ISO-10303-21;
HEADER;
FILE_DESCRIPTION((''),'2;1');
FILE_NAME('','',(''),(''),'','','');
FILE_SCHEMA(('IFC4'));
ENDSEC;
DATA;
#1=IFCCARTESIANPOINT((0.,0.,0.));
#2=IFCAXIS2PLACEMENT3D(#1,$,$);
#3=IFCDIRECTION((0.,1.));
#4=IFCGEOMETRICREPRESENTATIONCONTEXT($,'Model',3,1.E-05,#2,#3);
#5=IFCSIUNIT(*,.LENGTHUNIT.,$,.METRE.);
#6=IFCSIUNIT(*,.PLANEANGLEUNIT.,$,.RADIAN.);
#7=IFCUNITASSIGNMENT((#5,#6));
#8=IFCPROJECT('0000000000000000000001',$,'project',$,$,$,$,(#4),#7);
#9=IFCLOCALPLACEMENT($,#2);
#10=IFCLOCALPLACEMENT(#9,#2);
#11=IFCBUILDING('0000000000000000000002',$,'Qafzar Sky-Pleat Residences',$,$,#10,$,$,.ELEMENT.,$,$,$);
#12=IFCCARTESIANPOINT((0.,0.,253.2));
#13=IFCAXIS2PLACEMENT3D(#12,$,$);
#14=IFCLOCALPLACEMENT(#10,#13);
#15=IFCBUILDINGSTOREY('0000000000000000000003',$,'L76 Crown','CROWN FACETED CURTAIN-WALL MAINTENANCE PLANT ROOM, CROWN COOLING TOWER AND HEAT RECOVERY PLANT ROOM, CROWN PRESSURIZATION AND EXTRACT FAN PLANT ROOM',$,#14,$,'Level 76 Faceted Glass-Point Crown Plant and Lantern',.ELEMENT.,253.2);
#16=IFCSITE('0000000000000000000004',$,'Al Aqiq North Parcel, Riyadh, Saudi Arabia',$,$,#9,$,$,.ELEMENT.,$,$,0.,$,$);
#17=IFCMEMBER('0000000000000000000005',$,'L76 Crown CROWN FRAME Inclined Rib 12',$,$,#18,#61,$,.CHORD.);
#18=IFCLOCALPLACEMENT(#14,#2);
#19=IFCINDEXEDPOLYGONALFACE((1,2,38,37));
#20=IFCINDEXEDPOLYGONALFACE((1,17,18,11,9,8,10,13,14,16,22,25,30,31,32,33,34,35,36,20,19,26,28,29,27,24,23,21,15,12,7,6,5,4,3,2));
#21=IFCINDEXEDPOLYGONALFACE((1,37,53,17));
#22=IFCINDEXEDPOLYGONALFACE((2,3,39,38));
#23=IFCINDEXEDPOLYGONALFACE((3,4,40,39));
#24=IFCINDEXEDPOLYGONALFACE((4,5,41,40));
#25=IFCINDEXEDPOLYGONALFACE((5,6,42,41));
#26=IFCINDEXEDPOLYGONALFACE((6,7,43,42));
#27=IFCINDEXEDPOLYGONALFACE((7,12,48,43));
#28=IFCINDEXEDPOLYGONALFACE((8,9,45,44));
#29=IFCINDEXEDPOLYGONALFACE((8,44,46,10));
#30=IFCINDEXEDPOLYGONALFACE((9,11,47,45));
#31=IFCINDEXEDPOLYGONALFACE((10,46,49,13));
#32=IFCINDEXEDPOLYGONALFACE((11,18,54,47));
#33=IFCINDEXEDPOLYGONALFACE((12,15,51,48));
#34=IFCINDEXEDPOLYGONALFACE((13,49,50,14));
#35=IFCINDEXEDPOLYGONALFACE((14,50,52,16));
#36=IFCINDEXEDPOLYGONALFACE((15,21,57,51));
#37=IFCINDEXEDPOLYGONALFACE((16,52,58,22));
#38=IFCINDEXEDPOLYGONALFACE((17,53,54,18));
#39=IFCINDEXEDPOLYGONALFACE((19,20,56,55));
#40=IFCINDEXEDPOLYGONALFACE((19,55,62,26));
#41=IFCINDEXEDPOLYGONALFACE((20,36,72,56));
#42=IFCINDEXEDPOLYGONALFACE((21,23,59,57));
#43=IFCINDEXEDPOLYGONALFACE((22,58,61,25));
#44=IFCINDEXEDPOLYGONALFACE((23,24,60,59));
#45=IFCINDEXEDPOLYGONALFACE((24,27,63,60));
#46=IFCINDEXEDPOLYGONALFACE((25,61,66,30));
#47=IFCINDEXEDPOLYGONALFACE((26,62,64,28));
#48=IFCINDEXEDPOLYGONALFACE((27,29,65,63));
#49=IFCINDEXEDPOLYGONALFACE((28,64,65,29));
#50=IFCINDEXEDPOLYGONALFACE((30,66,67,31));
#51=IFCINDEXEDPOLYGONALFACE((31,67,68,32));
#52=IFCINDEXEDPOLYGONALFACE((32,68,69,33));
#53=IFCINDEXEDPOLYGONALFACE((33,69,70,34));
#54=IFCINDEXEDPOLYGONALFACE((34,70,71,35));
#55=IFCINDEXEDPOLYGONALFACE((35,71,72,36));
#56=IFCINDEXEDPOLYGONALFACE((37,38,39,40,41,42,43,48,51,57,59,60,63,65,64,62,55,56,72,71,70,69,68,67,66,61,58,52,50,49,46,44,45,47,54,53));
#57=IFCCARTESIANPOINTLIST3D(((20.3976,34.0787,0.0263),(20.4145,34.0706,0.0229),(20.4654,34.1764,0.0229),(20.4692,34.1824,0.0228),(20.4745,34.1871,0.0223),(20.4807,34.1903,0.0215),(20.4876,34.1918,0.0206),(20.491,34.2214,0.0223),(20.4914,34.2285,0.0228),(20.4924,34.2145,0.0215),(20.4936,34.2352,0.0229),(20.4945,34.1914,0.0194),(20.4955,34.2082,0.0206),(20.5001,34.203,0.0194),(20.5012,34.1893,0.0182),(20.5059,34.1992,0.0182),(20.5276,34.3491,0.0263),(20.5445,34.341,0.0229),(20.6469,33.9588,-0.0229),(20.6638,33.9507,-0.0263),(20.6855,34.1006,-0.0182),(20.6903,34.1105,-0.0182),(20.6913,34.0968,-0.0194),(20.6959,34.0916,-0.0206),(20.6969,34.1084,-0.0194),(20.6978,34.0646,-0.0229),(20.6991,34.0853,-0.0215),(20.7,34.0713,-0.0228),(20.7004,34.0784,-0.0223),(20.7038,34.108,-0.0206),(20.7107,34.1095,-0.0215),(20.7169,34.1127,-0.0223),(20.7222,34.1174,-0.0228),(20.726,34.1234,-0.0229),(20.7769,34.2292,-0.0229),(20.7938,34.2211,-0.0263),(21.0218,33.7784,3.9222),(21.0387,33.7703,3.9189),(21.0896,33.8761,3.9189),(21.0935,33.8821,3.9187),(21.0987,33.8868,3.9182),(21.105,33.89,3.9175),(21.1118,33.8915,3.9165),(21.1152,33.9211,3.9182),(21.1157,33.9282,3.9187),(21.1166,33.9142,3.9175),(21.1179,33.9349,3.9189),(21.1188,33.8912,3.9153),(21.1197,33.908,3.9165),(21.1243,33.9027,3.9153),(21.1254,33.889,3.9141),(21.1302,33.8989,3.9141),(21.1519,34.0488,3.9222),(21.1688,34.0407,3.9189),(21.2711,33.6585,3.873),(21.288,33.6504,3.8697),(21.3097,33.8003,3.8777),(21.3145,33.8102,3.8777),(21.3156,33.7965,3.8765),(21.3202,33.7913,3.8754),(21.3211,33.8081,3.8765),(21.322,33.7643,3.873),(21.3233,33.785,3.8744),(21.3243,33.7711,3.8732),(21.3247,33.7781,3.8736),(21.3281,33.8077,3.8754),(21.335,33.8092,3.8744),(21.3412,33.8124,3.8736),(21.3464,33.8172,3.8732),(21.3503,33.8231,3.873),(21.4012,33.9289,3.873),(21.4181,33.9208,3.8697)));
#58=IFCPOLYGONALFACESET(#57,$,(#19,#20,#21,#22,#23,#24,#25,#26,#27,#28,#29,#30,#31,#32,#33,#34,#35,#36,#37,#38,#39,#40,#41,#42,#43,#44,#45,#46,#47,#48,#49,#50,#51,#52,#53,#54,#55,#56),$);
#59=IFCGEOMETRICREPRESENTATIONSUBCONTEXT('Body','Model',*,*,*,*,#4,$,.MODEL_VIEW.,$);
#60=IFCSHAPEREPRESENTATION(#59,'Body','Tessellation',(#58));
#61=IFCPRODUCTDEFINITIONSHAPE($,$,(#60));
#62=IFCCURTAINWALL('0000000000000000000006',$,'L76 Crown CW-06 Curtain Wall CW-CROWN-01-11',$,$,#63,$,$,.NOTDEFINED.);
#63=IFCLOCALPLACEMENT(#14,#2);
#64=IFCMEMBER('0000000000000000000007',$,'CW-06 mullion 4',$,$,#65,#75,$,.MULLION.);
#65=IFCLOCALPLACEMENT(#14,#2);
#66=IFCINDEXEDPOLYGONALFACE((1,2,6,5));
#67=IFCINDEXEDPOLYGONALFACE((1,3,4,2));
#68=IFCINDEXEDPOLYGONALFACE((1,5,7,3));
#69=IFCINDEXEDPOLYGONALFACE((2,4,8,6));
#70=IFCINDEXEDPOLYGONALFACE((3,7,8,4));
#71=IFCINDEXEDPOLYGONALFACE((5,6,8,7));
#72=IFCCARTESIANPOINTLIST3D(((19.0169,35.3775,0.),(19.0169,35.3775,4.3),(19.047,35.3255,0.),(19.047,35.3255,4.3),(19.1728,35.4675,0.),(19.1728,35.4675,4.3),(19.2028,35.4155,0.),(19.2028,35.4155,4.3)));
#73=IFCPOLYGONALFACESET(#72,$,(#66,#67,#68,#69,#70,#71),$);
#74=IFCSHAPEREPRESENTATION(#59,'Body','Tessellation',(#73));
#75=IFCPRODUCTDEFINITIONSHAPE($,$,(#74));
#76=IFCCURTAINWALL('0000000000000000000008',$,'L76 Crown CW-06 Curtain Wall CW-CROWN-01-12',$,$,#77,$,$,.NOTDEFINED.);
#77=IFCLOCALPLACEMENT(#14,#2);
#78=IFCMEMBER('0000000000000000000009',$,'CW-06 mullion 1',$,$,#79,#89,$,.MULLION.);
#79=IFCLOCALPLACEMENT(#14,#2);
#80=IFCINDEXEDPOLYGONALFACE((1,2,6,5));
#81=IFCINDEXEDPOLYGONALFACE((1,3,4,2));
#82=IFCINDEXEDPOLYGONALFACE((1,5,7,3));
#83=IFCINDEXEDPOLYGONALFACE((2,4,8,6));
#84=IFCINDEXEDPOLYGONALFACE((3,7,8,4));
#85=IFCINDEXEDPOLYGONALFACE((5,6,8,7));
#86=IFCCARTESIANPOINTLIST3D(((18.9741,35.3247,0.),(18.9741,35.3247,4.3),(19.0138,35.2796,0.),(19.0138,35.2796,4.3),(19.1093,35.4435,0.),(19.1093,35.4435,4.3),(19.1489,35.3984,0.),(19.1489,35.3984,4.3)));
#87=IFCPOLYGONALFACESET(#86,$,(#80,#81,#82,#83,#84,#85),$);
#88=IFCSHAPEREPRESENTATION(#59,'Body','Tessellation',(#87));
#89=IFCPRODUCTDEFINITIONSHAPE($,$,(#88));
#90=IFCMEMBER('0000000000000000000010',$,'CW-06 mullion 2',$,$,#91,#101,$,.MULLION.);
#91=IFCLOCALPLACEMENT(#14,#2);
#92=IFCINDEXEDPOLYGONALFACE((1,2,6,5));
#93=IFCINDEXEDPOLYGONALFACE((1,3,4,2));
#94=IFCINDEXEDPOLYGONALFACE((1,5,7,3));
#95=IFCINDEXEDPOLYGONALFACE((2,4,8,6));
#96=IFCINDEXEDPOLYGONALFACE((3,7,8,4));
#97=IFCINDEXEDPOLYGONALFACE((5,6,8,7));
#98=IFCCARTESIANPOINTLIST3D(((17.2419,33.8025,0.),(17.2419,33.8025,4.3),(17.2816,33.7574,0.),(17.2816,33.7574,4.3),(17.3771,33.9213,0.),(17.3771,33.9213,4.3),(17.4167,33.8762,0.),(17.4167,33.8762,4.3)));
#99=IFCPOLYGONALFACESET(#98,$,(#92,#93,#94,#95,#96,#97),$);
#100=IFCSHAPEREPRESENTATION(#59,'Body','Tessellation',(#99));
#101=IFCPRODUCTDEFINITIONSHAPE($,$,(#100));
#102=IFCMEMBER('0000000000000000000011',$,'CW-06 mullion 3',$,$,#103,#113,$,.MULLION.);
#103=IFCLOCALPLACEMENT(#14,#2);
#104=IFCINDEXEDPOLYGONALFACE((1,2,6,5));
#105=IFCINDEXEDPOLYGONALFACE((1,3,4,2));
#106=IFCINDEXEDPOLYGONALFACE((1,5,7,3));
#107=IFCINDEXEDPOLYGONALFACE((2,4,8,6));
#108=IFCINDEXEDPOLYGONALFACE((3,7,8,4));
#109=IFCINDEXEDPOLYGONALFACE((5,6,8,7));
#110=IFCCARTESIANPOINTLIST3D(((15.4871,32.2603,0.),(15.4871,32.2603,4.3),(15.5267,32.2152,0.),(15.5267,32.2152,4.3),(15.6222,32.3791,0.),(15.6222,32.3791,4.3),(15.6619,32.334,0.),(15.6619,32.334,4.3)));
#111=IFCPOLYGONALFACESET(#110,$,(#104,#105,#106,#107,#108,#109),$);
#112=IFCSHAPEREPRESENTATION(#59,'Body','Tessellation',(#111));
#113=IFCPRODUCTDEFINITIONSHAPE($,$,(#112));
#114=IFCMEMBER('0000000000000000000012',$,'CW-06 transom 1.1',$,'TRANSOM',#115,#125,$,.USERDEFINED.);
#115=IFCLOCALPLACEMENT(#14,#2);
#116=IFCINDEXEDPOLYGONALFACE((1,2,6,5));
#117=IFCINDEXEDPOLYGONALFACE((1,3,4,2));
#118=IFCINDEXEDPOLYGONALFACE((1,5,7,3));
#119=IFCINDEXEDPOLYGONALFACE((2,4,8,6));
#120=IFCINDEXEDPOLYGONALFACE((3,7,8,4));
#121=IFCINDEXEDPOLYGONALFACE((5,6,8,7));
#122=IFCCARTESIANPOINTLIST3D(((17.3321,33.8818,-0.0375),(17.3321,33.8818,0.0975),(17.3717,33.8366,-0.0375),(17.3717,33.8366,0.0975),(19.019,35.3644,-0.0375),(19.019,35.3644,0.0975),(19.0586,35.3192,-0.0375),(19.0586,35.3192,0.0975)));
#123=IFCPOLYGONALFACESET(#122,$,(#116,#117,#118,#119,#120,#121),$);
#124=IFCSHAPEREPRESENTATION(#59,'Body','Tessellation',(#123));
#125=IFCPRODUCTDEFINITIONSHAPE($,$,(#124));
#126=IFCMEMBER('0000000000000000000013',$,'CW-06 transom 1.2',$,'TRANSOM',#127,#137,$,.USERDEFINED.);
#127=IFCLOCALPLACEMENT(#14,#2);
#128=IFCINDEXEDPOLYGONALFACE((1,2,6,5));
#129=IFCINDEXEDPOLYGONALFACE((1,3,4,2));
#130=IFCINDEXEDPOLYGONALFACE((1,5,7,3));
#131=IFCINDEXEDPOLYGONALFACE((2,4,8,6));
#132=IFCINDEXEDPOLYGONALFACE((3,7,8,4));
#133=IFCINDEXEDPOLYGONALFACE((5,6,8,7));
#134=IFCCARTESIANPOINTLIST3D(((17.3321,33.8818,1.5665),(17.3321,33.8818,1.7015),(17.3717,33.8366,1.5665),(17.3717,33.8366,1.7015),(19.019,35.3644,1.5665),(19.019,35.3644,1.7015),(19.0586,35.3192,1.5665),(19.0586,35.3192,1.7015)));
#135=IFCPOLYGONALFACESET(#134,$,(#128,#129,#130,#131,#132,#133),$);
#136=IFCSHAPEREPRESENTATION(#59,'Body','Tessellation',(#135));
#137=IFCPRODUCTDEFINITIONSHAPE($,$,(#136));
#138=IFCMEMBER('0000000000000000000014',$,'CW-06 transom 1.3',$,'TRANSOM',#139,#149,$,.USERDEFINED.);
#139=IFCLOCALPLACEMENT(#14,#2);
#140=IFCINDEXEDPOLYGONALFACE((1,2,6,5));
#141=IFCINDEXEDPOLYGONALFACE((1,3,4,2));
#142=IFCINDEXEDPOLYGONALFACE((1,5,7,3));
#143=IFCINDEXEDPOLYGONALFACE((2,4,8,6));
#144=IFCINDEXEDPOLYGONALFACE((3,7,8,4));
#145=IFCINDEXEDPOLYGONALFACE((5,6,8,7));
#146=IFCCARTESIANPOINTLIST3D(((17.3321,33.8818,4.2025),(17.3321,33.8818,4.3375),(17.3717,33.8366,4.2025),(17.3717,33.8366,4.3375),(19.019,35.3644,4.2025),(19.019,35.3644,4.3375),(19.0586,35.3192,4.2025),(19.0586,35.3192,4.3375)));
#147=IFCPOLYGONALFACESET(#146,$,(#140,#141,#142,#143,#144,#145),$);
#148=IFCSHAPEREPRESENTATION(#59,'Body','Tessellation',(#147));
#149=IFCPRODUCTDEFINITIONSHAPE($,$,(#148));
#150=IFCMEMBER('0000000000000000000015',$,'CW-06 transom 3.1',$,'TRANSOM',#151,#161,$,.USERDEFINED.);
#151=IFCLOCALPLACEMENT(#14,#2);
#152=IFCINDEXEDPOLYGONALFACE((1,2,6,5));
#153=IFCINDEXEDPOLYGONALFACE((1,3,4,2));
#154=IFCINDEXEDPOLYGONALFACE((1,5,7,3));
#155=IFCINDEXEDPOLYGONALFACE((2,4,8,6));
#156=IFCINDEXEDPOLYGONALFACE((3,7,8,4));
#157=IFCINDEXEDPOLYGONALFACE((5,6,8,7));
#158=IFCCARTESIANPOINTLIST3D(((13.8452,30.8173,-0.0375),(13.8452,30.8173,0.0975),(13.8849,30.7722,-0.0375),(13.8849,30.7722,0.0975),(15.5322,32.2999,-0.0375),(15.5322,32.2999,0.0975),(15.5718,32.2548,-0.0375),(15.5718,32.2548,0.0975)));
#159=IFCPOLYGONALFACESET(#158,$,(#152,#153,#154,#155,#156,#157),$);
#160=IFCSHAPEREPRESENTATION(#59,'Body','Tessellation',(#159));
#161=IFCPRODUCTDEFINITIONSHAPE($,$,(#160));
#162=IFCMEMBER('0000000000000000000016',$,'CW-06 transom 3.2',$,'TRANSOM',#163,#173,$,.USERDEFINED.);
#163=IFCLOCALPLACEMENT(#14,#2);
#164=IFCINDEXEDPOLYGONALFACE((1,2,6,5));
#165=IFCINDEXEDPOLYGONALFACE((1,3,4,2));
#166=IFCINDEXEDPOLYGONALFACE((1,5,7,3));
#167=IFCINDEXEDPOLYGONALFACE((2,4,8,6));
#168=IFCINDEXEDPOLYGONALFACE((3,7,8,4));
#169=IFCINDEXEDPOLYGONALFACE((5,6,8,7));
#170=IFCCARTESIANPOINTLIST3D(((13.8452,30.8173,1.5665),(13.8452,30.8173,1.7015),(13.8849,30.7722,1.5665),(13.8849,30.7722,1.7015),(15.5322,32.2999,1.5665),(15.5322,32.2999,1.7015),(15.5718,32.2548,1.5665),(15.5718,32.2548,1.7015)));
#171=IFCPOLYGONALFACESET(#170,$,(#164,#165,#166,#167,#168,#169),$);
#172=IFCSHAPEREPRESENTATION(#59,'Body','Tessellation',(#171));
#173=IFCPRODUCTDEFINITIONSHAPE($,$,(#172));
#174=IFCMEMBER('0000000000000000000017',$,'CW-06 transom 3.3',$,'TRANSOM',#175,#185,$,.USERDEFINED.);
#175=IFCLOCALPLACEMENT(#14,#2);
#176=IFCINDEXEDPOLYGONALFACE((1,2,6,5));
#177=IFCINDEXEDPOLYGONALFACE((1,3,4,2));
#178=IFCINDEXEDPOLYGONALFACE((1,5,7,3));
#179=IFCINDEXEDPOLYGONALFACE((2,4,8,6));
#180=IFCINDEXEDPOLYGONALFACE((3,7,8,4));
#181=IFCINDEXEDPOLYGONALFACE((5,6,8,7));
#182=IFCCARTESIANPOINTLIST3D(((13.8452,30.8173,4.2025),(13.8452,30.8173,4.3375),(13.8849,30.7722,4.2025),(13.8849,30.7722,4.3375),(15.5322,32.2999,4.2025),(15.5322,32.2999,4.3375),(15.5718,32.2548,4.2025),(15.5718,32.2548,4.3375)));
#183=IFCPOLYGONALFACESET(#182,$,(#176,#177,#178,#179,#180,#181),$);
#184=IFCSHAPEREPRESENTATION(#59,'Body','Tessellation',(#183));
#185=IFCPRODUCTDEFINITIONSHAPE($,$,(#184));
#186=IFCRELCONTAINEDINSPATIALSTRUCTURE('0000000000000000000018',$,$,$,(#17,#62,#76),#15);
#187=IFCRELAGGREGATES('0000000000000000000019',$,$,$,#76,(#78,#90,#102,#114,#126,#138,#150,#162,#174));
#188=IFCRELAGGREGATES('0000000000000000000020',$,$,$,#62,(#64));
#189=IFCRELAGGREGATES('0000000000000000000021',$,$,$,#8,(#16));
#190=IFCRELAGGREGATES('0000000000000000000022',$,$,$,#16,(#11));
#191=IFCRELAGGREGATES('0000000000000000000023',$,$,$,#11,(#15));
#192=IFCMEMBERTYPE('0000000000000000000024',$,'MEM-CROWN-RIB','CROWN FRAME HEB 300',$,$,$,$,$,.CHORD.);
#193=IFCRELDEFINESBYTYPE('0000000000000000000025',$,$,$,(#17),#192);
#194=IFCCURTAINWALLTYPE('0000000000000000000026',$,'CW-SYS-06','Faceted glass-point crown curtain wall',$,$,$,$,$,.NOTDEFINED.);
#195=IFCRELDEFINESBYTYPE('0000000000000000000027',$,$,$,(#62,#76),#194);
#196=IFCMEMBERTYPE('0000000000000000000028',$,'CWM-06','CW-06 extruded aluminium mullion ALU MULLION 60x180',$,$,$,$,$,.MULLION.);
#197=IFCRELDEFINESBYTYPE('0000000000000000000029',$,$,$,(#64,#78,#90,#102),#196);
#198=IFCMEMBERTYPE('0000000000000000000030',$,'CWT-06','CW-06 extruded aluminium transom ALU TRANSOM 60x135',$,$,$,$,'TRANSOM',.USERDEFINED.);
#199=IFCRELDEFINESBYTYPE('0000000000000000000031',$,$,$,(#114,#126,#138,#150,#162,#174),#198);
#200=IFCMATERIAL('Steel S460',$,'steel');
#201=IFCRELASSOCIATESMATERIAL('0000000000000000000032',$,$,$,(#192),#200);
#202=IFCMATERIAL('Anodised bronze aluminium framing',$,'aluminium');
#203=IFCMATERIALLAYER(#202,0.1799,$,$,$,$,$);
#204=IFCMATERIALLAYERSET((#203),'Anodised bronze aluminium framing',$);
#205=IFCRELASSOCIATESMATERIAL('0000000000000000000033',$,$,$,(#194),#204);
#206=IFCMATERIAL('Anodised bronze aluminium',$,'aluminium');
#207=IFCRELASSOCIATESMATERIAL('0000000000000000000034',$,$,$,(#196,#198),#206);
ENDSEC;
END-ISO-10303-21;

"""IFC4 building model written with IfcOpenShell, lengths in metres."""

from ifc_helpers import new_model, si_unit, direction, frame, origin, origin_2d, place, context, subcontext, project, spatial, rectangle, i_section, extrude, source, transform, mapped, material, layer, layer_set, material_profile, profile_set, type_object, element, aggregate, save


model = new_model("IFC4")

# Units and contexts
model_context = context("Model", 3, precision=1e-05, world=origin(), true_north=direction((0.0, 1.0)))
body_context = subcontext(model_context, "Body", "Model", "MODEL_VIEW")
ifc_project = project(units=[si_unit("LENGTHUNIT", "METRE"), si_unit("PLANEANGLEUNIT", "RADIAN")], contexts=[model_context])

# Site, building, storey
site_placement = place(None, origin())
site = spatial("IfcSite", under=ifc_project, at=site_placement, Name="Al Aqiq North Parcel, Riyadh, Saudi Arabia", CompositionType="ELEMENT", RefElevation=0.0)
building_placement = place(site_placement, origin())
building = spatial("IfcBuilding", under=site, at=building_placement, Name="Qafzar Sky-Pleat Residences", CompositionType="ELEMENT")
storey_placement = place(building_placement, frame((0.0, 0.0, 253.2)))
storey = spatial("IfcBuildingStorey", under=building, at=storey_placement, Name="L76 Crown", Description="CROWN FACETED CURTAIN-WALL MAINTENANCE PLANT ROOM, CROWN COOLING TOWER AND HEAT RECOVERY PLANT ROOM, CROWN PRESSURIZATION AND EXTRACT FAN PLANT ROOM", LongName="Level 76 Faceted Glass-Point Crown Plant and Lantern", CompositionType="ELEMENT", Elevation=253.2)

# Member
ifc_material_1 = material(Name="Steel S460", Category="steel")
ifc_material_profile_1 = material_profile(ifc_material_1, i_section(OverallWidth=0.3, OverallDepth=0.3, WebThickness=0.011, FlangeThickness=0.019, FilletRadius=0.0271, at=origin_2d()), Name="HEB 300")
ifc_profile_set_1 = profile_set([ifc_material_profile_1], Name="Steel S460")
member_type_1 = type_object("IfcMemberType", Name="MEM-CROWN-RIB", Description="CROWN FRAME HEB 300", PredefinedType="CHORD", material=ifc_profile_set_1)
shared_shape_1 = source(origin(), body_context, "Body", "SweptSolid", [
    extrude(i_section(OverallWidth=0.3, OverallDepth=0.3, WebThickness=0.011, FlangeThickness=0.019, FilletRadius=0.0271, at=origin_2d()), origin(), (0.0, 0.0, 1.0), 3.957),
])
member_1_placement = place(storey_placement, frame((20.5957, 34.1499, 0.0), z_axis=(0.157759, -0.075887, 0.984557), x_axis=(0.433487, 0.90116, 0.0)))
element("IfcMember", 1, at=member_1_placement, inside=storey, type_object=member_type_1, Name="L76 Crown CROWN FRAME Inclined Rib 12", PredefinedType="CHORD", context=body_context, shape_type="MappedRepresentation", body=[
    mapped(shared_shape_1, transform((0.0, 0.0, 0.0), x_axis=(1.0, 0.0, 0.0), y_axis=(0.0, 1.0, 0.0), z_axis=(0.0, 0.0, 1.0), scale=1.0)),
])

# Curtain wall, member
ifc_material_2 = material(Name="Anodised bronze aluminium framing", Category="aluminium")
ifc_layer_1 = layer(ifc_material_2, 0.1799)
ifc_layer_set_1 = layer_set([ifc_layer_1], Name="Anodised bronze aluminium framing")
curtain_wall_type = type_object("IfcCurtainWallType", Name="CW-SYS-06", Description="Faceted glass-point crown curtain wall", PredefinedType="NOTDEFINED", material=ifc_layer_set_1)
curtain_wall_1_placement = place(storey_placement, origin())
curtain_wall_1 = element("IfcCurtainWall", 2, at=curtain_wall_1_placement, inside=storey, type_object=curtain_wall_type, Name="L76 Crown CW-06 Curtain Wall CW-CROWN-01-11", PredefinedType="NOTDEFINED")
ifc_material_3 = material(Name="Anodised bronze aluminium", Category="aluminium")
ifc_material_profile_2 = material_profile(ifc_material_3, rectangle(XDim=0.0601, YDim=0.1799, at=origin_2d()), Name="ALU MULLION 60x180")
ifc_profile_set_2 = profile_set([ifc_material_profile_2], Name="Anodised bronze aluminium")
member_type_2 = type_object("IfcMemberType", Name="CWM-06", Description="CW-06 extruded aluminium mullion ALU MULLION 60x180", PredefinedType="MULLION", material=ifc_profile_set_2)
shared_shape_2 = source(origin(), body_context, "Body", "SweptSolid", [
    extrude(rectangle(XDim=0.0601, YDim=0.1799, at=origin_2d()), origin(), (0.0, 0.0, 1.0), 4.3),
])
member_2_placement = place(storey_placement, frame((19.1099, 35.3965, 0.0), z_axis=(0.0, 0.0, 1.0), x_axis=(0.5, -0.866025, 0.0)))
member_2 = element("IfcMember", 3, at=member_2_placement, type_object=member_type_2, Name="CW-06 mullion 4", PredefinedType="MULLION", context=body_context, shape_type="MappedRepresentation", body=[
    mapped(shared_shape_2, transform((0.0, 0.0, 0.0), x_axis=(1.0, 0.0, 0.0), y_axis=(0.0, 1.0, 0.0), z_axis=(0.0, 0.0, 1.0), scale=1.0)),
])

# Curtain wall, members
curtain_wall_2_placement = place(storey_placement, origin())
curtain_wall_2 = element("IfcCurtainWall", 4, at=curtain_wall_2_placement, inside=storey, type_object=curtain_wall_type, Name="L76 Crown CW-06 Curtain Wall CW-CROWN-01-12", PredefinedType="NOTDEFINED")
member_3_placement = place(storey_placement, frame((19.0615, 35.3616, 0.0), z_axis=(0.0, 0.0, 1.0), x_axis=(0.660129, -0.751152, 0.0)))
member_3 = element("IfcMember", 5, at=member_3_placement, type_object=member_type_2, Name="CW-06 mullion 1", PredefinedType="MULLION", context=body_context, shape_type="MappedRepresentation", body=[
    mapped(shared_shape_2, transform((0.0, 0.0, 0.0), x_axis=(1.0, 0.0, 0.0), y_axis=(0.0, 1.0, 0.0), z_axis=(0.0, 0.0, 1.0), scale=1.0)),
])
member_4_placement = place(storey_placement, frame((17.3293, 33.8394, 0.0), z_axis=(0.0, 0.0, 1.0), x_axis=(0.660129, -0.751152, 0.0)))
member_4 = element("IfcMember", 6, at=member_4_placement, type_object=member_type_2, Name="CW-06 mullion 2", PredefinedType="MULLION", context=body_context, shape_type="MappedRepresentation", body=[
    mapped(shared_shape_2, transform((0.0, 0.0, 0.0), x_axis=(1.0, 0.0, 0.0), y_axis=(0.0, 1.0, 0.0), z_axis=(0.0, 0.0, 1.0), scale=1.0)),
])
member_5_placement = place(storey_placement, frame((15.5745, 32.2971, 0.0), z_axis=(0.0, 0.0, 1.0), x_axis=(0.660129, -0.751152, 0.0)))
member_5 = element("IfcMember", 7, at=member_5_placement, type_object=member_type_2, Name="CW-06 mullion 3", PredefinedType="MULLION", context=body_context, shape_type="MappedRepresentation", body=[
    mapped(shared_shape_2, transform((0.0, 0.0, 0.0), x_axis=(1.0, 0.0, 0.0), y_axis=(0.0, 1.0, 0.0), z_axis=(0.0, 0.0, 1.0), scale=1.0)),
])
ifc_material_profile_3 = material_profile(ifc_material_3, rectangle(XDim=0.0601, YDim=0.135, at=origin_2d()), Name="ALU TRANSOM 60x135")
ifc_profile_set_3 = profile_set([ifc_material_profile_3], Name="Anodised bronze aluminium")
member_type_3 = type_object("IfcMemberType", Name="CWT-06", Description="CW-06 extruded aluminium transom ALU TRANSOM 60x135", ElementType="TRANSOM", PredefinedType="USERDEFINED", material=ifc_profile_set_3)
shared_shape_3 = source(origin(), body_context, "Body", "SweptSolid", [
    extrude(rectangle(XDim=0.0601, YDim=0.135, at=origin_2d()), origin(), (0.0, 0.0, 1.0), 2.2458),
])
member_6_placement = place(storey_placement, frame((19.0388, 35.3418, 0.03), z_axis=(-0.751134, -0.66015, 0.0), x_axis=(0.66015, -0.751134, 0.0)))
member_6 = element("IfcMember", 8, at=member_6_placement, type_object=member_type_3, Name="CW-06 transom 1.1", ObjectType="TRANSOM", PredefinedType="USERDEFINED", context=body_context, shape_type="MappedRepresentation", body=[
    mapped(shared_shape_3, transform((0.0, 0.0, 0.0), x_axis=(1.0, 0.0, 0.0), y_axis=(0.0, 1.0, 0.0), z_axis=(0.0, 0.0, 1.0), scale=1.0)),
])
member_7_placement = place(storey_placement, frame((19.0388, 35.3418, 1.634), z_axis=(-0.751134, -0.66015, 0.0), x_axis=(0.66015, -0.751134, 0.0)))
member_7 = element("IfcMember", 9, at=member_7_placement, type_object=member_type_3, Name="CW-06 transom 1.2", ObjectType="TRANSOM", PredefinedType="USERDEFINED", context=body_context, shape_type="MappedRepresentation", body=[
    mapped(shared_shape_3, transform((0.0, 0.0, 0.0), x_axis=(1.0, 0.0, 0.0), y_axis=(0.0, 1.0, 0.0), z_axis=(0.0, 0.0, 1.0), scale=1.0)),
])
member_8_placement = place(storey_placement, frame((19.0388, 35.3418, 4.27), z_axis=(-0.751134, -0.66015, 0.0), x_axis=(0.66015, -0.751134, 0.0)))
member_8 = element("IfcMember", 10, at=member_8_placement, type_object=member_type_3, Name="CW-06 transom 1.3", ObjectType="TRANSOM", PredefinedType="USERDEFINED", context=body_context, shape_type="MappedRepresentation", body=[
    mapped(shared_shape_3, transform((0.0, 0.0, 0.0), x_axis=(1.0, 0.0, 0.0), y_axis=(0.0, 1.0, 0.0), z_axis=(0.0, 0.0, 1.0), scale=1.0)),
])
member_9_placement = place(storey_placement, frame((15.552, 32.2773, 0.03), z_axis=(-0.751134, -0.66015, 0.0), x_axis=(0.66015, -0.751134, 0.0)))
member_9 = element("IfcMember", 11, at=member_9_placement, type_object=member_type_3, Name="CW-06 transom 3.1", ObjectType="TRANSOM", PredefinedType="USERDEFINED", context=body_context, shape_type="MappedRepresentation", body=[
    mapped(shared_shape_3, transform((0.0, 0.0, 0.0), x_axis=(1.0, 0.0, 0.0), y_axis=(0.0, 1.0, 0.0), z_axis=(0.0, 0.0, 1.0), scale=1.0)),
])
member_10_placement = place(storey_placement, frame((15.552, 32.2773, 1.634), z_axis=(-0.751134, -0.66015, 0.0), x_axis=(0.66015, -0.751134, 0.0)))
member_10 = element("IfcMember", 12, at=member_10_placement, type_object=member_type_3, Name="CW-06 transom 3.2", ObjectType="TRANSOM", PredefinedType="USERDEFINED", context=body_context, shape_type="MappedRepresentation", body=[
    mapped(shared_shape_3, transform((0.0, 0.0, 0.0), x_axis=(1.0, 0.0, 0.0), y_axis=(0.0, 1.0, 0.0), z_axis=(0.0, 0.0, 1.0), scale=1.0)),
])
member_11_placement = place(storey_placement, frame((15.552, 32.2773, 4.27), z_axis=(-0.751134, -0.66015, 0.0), x_axis=(0.66015, -0.751134, 0.0)))
member_11 = element("IfcMember", 13, at=member_11_placement, type_object=member_type_3, Name="CW-06 transom 3.3", ObjectType="TRANSOM", PredefinedType="USERDEFINED", context=body_context, shape_type="MappedRepresentation", body=[
    mapped(shared_shape_3, transform((0.0, 0.0, 0.0), x_axis=(1.0, 0.0, 0.0), y_axis=(0.0, 1.0, 0.0), z_axis=(0.0, 0.0, 1.0), scale=1.0)),
])

aggregate(curtain_wall_2, [member_3, member_4, member_5, member_6, member_7, member_8, member_9, member_10, member_11])
aggregate(curtain_wall_1, [member_2])

save(model, "model.ifc")
